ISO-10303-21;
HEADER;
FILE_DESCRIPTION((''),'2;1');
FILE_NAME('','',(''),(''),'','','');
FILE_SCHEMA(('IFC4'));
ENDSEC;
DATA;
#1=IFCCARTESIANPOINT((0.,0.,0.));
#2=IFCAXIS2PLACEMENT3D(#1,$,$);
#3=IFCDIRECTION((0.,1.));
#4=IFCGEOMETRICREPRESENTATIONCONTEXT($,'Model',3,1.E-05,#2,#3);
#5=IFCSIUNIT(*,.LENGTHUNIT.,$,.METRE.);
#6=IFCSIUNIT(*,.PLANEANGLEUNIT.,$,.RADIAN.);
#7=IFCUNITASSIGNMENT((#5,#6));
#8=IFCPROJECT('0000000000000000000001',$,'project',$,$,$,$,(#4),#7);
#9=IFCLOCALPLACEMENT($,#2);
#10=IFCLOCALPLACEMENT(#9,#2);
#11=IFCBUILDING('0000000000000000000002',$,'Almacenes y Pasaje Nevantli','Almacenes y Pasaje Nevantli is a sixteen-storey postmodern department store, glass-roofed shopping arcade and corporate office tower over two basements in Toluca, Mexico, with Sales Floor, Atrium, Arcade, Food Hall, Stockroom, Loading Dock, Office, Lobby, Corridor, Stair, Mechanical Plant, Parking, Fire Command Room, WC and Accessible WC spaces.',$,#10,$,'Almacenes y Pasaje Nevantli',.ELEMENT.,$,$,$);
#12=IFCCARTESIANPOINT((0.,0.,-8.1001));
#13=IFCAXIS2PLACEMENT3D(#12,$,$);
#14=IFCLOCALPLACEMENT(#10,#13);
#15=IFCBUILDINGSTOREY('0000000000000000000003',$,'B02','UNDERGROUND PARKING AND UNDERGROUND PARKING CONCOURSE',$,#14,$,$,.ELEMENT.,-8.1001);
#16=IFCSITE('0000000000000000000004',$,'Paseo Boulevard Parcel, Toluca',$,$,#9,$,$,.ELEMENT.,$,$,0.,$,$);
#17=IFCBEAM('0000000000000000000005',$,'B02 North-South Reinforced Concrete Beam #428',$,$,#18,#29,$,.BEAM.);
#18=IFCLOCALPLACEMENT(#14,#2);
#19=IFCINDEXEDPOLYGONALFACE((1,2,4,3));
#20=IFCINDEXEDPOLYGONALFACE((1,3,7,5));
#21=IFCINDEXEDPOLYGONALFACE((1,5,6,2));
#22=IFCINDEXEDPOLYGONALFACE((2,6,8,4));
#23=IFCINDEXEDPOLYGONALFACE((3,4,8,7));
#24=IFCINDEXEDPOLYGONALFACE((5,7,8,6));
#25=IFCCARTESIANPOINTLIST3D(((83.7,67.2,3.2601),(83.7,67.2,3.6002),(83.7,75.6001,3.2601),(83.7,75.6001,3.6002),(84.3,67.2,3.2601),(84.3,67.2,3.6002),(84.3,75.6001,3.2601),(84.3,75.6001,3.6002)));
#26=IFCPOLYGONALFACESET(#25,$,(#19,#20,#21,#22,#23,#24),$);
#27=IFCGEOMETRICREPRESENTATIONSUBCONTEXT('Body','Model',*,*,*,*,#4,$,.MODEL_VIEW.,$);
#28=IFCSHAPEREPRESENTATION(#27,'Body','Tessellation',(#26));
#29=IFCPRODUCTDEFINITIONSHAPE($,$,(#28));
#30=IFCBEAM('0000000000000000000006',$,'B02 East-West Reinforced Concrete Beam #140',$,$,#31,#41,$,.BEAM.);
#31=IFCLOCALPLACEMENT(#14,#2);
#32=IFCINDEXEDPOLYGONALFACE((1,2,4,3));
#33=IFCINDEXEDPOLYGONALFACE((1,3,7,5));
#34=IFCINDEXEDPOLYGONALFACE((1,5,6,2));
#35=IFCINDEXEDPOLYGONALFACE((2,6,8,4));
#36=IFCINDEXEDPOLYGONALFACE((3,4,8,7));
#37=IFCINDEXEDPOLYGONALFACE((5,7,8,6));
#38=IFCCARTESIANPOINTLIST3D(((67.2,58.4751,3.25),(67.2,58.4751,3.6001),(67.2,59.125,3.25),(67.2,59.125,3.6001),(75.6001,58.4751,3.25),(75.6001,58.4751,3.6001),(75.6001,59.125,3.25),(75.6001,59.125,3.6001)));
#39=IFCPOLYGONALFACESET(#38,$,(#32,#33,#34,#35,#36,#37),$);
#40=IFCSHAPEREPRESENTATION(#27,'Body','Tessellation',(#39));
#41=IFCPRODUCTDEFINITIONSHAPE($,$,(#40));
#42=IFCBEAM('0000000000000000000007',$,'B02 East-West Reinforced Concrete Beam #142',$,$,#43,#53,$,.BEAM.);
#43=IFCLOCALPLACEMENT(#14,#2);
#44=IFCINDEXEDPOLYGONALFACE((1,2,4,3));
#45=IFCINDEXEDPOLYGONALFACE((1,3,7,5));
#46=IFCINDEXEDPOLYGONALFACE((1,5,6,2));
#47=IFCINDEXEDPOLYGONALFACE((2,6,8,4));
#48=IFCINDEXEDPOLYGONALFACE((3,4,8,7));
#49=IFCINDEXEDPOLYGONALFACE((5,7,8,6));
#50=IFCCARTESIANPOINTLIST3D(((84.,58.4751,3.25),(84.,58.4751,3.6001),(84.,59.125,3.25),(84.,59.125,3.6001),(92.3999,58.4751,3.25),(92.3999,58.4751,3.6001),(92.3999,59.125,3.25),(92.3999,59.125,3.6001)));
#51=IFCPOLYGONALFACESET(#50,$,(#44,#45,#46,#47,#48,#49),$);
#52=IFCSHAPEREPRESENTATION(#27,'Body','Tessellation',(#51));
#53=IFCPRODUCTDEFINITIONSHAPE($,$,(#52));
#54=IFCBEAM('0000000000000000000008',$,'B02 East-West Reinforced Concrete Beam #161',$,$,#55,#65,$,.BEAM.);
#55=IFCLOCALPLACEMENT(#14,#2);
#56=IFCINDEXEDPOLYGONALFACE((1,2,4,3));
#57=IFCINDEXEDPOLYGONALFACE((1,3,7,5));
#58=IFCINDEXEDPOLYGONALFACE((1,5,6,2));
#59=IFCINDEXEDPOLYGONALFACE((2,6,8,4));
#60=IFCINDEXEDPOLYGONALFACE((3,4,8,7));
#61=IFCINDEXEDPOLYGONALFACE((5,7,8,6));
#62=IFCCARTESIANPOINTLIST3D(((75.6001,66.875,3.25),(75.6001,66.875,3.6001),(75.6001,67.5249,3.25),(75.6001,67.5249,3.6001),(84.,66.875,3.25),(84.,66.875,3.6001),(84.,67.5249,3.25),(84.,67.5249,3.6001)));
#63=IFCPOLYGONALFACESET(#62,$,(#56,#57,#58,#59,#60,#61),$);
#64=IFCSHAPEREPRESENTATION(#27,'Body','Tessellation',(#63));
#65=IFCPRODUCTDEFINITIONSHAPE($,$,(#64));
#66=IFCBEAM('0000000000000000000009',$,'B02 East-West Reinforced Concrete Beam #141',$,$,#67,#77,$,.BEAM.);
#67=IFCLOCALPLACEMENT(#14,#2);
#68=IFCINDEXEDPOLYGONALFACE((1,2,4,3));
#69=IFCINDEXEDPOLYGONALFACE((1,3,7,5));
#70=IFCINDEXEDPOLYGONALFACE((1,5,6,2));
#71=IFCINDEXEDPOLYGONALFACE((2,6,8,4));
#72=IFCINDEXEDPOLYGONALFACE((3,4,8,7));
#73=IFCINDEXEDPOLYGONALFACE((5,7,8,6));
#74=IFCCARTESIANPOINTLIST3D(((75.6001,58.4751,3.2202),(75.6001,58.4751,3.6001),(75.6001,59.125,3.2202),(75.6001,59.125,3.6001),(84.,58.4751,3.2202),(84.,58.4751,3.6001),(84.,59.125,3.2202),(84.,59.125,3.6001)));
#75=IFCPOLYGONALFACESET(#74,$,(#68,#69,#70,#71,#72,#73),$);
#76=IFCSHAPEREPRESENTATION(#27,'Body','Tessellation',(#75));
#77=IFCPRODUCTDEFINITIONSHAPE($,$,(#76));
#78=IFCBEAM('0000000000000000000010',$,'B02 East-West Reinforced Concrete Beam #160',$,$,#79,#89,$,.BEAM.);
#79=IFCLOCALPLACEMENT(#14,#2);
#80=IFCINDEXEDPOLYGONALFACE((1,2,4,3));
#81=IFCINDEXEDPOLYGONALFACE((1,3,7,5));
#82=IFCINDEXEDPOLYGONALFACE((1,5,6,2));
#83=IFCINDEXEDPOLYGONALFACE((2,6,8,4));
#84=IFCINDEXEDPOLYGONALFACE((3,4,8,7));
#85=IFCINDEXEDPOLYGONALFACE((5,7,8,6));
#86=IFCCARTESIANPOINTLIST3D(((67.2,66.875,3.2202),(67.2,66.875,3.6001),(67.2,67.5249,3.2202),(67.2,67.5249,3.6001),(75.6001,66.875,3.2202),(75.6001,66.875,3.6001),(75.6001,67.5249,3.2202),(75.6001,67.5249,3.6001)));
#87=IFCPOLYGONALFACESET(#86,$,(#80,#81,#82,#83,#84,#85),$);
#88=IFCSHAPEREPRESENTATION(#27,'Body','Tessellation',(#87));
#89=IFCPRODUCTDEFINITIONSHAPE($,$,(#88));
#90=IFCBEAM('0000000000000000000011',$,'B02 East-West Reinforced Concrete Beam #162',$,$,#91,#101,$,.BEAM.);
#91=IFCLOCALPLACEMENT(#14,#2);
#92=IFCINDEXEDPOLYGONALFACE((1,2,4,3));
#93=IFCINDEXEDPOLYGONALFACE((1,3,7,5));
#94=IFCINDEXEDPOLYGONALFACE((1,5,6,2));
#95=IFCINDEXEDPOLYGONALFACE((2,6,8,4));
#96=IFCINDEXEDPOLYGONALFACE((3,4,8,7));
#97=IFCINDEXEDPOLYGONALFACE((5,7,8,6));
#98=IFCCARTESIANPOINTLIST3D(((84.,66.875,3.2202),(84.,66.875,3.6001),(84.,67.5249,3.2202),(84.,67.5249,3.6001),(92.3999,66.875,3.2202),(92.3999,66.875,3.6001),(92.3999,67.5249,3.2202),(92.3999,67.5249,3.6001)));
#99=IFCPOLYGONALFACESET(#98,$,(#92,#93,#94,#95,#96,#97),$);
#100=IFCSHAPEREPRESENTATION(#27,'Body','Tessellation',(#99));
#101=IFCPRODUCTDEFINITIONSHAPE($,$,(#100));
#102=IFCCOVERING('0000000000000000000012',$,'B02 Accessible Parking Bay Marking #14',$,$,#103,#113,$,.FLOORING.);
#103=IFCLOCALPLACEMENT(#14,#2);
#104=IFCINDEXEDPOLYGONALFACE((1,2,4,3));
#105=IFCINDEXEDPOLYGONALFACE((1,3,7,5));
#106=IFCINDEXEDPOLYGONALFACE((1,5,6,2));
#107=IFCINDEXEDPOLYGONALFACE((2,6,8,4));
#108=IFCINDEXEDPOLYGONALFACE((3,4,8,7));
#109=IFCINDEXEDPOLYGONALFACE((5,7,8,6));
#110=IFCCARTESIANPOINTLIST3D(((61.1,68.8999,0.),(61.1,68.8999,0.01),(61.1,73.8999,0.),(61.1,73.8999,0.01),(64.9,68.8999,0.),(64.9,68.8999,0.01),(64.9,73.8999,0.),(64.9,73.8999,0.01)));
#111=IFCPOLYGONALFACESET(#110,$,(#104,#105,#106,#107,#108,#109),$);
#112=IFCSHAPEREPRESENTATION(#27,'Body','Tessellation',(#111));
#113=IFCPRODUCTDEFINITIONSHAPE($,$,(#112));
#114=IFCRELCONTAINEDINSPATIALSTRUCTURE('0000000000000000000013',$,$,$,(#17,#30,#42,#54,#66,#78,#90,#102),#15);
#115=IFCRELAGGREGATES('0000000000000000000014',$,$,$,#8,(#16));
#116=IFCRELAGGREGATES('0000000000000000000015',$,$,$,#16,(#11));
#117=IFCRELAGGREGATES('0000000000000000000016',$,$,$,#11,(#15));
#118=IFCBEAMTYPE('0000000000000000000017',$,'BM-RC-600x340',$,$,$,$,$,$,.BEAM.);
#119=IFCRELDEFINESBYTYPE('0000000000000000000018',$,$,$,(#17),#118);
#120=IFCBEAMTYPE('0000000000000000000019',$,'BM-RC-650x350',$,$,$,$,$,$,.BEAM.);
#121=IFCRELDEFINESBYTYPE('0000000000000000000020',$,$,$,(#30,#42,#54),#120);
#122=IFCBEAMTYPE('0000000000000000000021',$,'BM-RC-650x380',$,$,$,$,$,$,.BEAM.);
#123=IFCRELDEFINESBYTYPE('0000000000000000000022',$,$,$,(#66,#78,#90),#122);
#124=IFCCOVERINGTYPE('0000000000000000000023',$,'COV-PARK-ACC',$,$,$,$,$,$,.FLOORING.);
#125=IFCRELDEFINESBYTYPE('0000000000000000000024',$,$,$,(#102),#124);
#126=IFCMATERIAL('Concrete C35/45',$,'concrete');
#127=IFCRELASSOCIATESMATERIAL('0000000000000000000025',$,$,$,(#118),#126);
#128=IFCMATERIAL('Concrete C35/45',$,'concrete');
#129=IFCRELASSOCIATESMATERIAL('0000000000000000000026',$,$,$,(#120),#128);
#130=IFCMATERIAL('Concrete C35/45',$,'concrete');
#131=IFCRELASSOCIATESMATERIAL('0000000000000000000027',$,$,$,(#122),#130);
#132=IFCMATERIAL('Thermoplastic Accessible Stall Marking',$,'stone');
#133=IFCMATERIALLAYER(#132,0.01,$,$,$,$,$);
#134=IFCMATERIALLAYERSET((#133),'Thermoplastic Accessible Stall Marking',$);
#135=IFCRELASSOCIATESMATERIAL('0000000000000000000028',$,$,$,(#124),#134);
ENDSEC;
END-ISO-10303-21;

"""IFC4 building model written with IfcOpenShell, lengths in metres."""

from ifc_helpers import new_model, si_unit, direction, frame, origin, origin_2d, place, context, subcontext, project, spatial, rectangle, extrude, material, layer, layer_set, material_profile, profile_set, type_object, element, save


model = new_model("IFC4")

# Units and contexts
model_context = context("Model", 3, precision=1e-05, world=origin(), true_north=direction((0.0, 1.0)))
body_context = subcontext(model_context, "Body", "Model", "MODEL_VIEW")
ifc_project = project(units=[si_unit("LENGTHUNIT", "METRE"), si_unit("PLANEANGLEUNIT", "RADIAN")], contexts=[model_context])

# Site, building, storey
site_placement = place(None, origin())
site = spatial("IfcSite", under=ifc_project, at=site_placement, Name="Paseo Boulevard Parcel, Toluca", CompositionType="ELEMENT", RefElevation=0.0)
building_placement = place(site_placement, origin())
building = spatial("IfcBuilding", under=site, at=building_placement, Name="Almacenes y Pasaje Nevantli", Description="Almacenes y Pasaje Nevantli is a sixteen-storey postmodern department store, glass-roofed shopping arcade and corporate office tower over two basements in Toluca, Mexico, with Sales Floor, Atrium, Arcade, Food Hall, Stockroom, Loading Dock, Office, Lobby, Corridor, Stair, Mechanical Plant, Parking, Fire Command Room, WC and Accessible WC spaces.", LongName="Almacenes y Pasaje Nevantli", CompositionType="ELEMENT")
storey_placement = place(building_placement, frame((0.0, 0.0, -8.1001)))
storey = spatial("IfcBuildingStorey", under=building, at=storey_placement, Name="B02", Description="UNDERGROUND PARKING AND UNDERGROUND PARKING CONCOURSE", CompositionType="ELEMENT", Elevation=-8.1001)

# Beams
ifc_material_1 = material(Name="Concrete C35/45", Category="concrete")
ifc_material_profile_1 = material_profile(ifc_material_1, rectangle(XDim=0.6001, YDim=0.3401, at=origin_2d()), Name="RC-BM-600x340")
ifc_profile_set_1 = profile_set([ifc_material_profile_1], Name="Concrete C35/45")
beam_type_1 = type_object("IfcBeamType", Name="BM-RC-600x340", PredefinedType="BEAM", material=ifc_profile_set_1)
beam_1_placement = place(storey_placement, frame((84.0, 67.2, 3.4302), z_axis=(0.0, 1.0, 0.0), x_axis=(-1.0, 0.0, 0.0)))
element("IfcBeam", 1, at=beam_1_placement, inside=storey, type_object=beam_type_1, Name="B02 North-South Reinforced Concrete Beam #428", PredefinedType="BEAM", context=body_context, shape_type="SweptSolid", body=[
    extrude(rectangle(XDim=0.6001, YDim=0.3401, at=origin_2d()), origin(), (0.0, 0.0, 1.0), 8.4001),
])
ifc_material_2 = material(Name="Concrete C35/45", Category="concrete")
ifc_material_profile_2 = material_profile(ifc_material_2, rectangle(XDim=0.6499, YDim=0.3501, at=origin_2d()), Name="RC-BM-650x350")
ifc_profile_set_2 = profile_set([ifc_material_profile_2], Name="Concrete C35/45")
beam_type_2 = type_object("IfcBeamType", Name="BM-RC-650x350", PredefinedType="BEAM", material=ifc_profile_set_2)
beam_2_placement = place(storey_placement, frame((67.2, 58.8, 3.425), z_axis=(1.0, 0.0, 0.0), x_axis=(0.0, 1.0, 0.0)))
element("IfcBeam", 2, at=beam_2_placement, inside=storey, type_object=beam_type_2, Name="B02 East-West Reinforced Concrete Beam #140", PredefinedType="BEAM", context=body_context, shape_type="SweptSolid", body=[
    extrude(rectangle(XDim=0.6499, YDim=0.3501, at=origin_2d()), origin(), (0.0, 0.0, 1.0), 8.4001),
])
for number, where, z_axis, x_axis, name in (
    (3, (84.0, 58.8, 3.425), (1.0, 0.0, 0.0), (0.0, 1.0, 0.0), "B02 East-West Reinforced Concrete Beam #142"),
    (4, (75.6001, 67.2, 3.425), (1.0, 0.0, 0.0), (0.0, 1.0, 0.0), "B02 East-West Reinforced Concrete Beam #161"),
):
    element("IfcBeam", number, at=place(storey_placement, frame(where, z_axis=z_axis, x_axis=x_axis)), inside=storey, type_object=beam_type_2, Name=name, PredefinedType="BEAM", context=body_context, shape_type="SweptSolid", body=[
        extrude(rectangle(XDim=0.6499, YDim=0.3501, at=origin_2d()), origin(), (0.0, 0.0, 1.0), 8.3999),
    ])
ifc_material_3 = material(Name="Concrete C35/45", Category="concrete")
ifc_material_profile_3 = material_profile(ifc_material_3, rectangle(XDim=0.6499, YDim=0.3799, at=origin_2d()), Name="RC-BM-650x380")
ifc_profile_set_3 = profile_set([ifc_material_profile_3], Name="Concrete C35/45")
beam_type_3 = type_object("IfcBeamType", Name="BM-RC-650x380", PredefinedType="BEAM", material=ifc_profile_set_3)
beam_3_placement = place(storey_placement, frame((75.6001, 58.8, 3.4102), z_axis=(1.0, 0.0, 0.0), x_axis=(0.0, 1.0, 0.0)))
element("IfcBeam", 5, at=beam_3_placement, inside=storey, type_object=beam_type_3, Name="B02 East-West Reinforced Concrete Beam #141", PredefinedType="BEAM", context=body_context, shape_type="SweptSolid", body=[
    extrude(rectangle(XDim=0.6499, YDim=0.3799, at=origin_2d()), origin(), (0.0, 0.0, 1.0), 8.3999),
])
beam_4_placement = place(storey_placement, frame((67.2, 67.2, 3.4102), z_axis=(1.0, 0.0, 0.0), x_axis=(0.0, 1.0, 0.0)))
element("IfcBeam", 6, at=beam_4_placement, inside=storey, type_object=beam_type_3, Name="B02 East-West Reinforced Concrete Beam #160", PredefinedType="BEAM", context=body_context, shape_type="SweptSolid", body=[
    extrude(rectangle(XDim=0.6499, YDim=0.3799, at=origin_2d()), origin(), (0.0, 0.0, 1.0), 8.4001),
])
beam_5_placement = place(storey_placement, frame((84.0, 67.2, 3.4102), z_axis=(1.0, 0.0, 0.0), x_axis=(0.0, 1.0, 0.0)))
element("IfcBeam", 7, at=beam_5_placement, inside=storey, type_object=beam_type_3, Name="B02 East-West Reinforced Concrete Beam #162", PredefinedType="BEAM", context=body_context, shape_type="SweptSolid", body=[
    extrude(rectangle(XDim=0.6499, YDim=0.3799, at=origin_2d()), origin(), (0.0, 0.0, 1.0), 8.3999),
])

# Covering
ifc_material_4 = material(Name="Thermoplastic Accessible Stall Marking", Category="stone")
ifc_layer_1 = layer(ifc_material_4, 0.01)
ifc_layer_set_1 = layer_set([ifc_layer_1], Name="Thermoplastic Accessible Stall Marking")
covering_type = type_object("IfcCoveringType", Name="COV-PARK-ACC", PredefinedType="FLOORING", material=ifc_layer_set_1)
covering_placement = place(storey_placement, frame((63.0, 71.3999, 0.0), z_axis=(0.0, 0.0, 1.0), x_axis=(1.0, 0.0, 0.0)))
element("IfcCovering", 8, at=covering_placement, inside=storey, type_object=covering_type, Name="B02 Accessible Parking Bay Marking #14", PredefinedType="FLOORING", context=body_context, shape_type="SweptSolid", body=[
    extrude(rectangle(XDim=3.8, YDim=5.0, at=origin_2d()), origin(), (0.0, 0.0, 1.0), 0.01),
])

save(model, "model.ifc")
